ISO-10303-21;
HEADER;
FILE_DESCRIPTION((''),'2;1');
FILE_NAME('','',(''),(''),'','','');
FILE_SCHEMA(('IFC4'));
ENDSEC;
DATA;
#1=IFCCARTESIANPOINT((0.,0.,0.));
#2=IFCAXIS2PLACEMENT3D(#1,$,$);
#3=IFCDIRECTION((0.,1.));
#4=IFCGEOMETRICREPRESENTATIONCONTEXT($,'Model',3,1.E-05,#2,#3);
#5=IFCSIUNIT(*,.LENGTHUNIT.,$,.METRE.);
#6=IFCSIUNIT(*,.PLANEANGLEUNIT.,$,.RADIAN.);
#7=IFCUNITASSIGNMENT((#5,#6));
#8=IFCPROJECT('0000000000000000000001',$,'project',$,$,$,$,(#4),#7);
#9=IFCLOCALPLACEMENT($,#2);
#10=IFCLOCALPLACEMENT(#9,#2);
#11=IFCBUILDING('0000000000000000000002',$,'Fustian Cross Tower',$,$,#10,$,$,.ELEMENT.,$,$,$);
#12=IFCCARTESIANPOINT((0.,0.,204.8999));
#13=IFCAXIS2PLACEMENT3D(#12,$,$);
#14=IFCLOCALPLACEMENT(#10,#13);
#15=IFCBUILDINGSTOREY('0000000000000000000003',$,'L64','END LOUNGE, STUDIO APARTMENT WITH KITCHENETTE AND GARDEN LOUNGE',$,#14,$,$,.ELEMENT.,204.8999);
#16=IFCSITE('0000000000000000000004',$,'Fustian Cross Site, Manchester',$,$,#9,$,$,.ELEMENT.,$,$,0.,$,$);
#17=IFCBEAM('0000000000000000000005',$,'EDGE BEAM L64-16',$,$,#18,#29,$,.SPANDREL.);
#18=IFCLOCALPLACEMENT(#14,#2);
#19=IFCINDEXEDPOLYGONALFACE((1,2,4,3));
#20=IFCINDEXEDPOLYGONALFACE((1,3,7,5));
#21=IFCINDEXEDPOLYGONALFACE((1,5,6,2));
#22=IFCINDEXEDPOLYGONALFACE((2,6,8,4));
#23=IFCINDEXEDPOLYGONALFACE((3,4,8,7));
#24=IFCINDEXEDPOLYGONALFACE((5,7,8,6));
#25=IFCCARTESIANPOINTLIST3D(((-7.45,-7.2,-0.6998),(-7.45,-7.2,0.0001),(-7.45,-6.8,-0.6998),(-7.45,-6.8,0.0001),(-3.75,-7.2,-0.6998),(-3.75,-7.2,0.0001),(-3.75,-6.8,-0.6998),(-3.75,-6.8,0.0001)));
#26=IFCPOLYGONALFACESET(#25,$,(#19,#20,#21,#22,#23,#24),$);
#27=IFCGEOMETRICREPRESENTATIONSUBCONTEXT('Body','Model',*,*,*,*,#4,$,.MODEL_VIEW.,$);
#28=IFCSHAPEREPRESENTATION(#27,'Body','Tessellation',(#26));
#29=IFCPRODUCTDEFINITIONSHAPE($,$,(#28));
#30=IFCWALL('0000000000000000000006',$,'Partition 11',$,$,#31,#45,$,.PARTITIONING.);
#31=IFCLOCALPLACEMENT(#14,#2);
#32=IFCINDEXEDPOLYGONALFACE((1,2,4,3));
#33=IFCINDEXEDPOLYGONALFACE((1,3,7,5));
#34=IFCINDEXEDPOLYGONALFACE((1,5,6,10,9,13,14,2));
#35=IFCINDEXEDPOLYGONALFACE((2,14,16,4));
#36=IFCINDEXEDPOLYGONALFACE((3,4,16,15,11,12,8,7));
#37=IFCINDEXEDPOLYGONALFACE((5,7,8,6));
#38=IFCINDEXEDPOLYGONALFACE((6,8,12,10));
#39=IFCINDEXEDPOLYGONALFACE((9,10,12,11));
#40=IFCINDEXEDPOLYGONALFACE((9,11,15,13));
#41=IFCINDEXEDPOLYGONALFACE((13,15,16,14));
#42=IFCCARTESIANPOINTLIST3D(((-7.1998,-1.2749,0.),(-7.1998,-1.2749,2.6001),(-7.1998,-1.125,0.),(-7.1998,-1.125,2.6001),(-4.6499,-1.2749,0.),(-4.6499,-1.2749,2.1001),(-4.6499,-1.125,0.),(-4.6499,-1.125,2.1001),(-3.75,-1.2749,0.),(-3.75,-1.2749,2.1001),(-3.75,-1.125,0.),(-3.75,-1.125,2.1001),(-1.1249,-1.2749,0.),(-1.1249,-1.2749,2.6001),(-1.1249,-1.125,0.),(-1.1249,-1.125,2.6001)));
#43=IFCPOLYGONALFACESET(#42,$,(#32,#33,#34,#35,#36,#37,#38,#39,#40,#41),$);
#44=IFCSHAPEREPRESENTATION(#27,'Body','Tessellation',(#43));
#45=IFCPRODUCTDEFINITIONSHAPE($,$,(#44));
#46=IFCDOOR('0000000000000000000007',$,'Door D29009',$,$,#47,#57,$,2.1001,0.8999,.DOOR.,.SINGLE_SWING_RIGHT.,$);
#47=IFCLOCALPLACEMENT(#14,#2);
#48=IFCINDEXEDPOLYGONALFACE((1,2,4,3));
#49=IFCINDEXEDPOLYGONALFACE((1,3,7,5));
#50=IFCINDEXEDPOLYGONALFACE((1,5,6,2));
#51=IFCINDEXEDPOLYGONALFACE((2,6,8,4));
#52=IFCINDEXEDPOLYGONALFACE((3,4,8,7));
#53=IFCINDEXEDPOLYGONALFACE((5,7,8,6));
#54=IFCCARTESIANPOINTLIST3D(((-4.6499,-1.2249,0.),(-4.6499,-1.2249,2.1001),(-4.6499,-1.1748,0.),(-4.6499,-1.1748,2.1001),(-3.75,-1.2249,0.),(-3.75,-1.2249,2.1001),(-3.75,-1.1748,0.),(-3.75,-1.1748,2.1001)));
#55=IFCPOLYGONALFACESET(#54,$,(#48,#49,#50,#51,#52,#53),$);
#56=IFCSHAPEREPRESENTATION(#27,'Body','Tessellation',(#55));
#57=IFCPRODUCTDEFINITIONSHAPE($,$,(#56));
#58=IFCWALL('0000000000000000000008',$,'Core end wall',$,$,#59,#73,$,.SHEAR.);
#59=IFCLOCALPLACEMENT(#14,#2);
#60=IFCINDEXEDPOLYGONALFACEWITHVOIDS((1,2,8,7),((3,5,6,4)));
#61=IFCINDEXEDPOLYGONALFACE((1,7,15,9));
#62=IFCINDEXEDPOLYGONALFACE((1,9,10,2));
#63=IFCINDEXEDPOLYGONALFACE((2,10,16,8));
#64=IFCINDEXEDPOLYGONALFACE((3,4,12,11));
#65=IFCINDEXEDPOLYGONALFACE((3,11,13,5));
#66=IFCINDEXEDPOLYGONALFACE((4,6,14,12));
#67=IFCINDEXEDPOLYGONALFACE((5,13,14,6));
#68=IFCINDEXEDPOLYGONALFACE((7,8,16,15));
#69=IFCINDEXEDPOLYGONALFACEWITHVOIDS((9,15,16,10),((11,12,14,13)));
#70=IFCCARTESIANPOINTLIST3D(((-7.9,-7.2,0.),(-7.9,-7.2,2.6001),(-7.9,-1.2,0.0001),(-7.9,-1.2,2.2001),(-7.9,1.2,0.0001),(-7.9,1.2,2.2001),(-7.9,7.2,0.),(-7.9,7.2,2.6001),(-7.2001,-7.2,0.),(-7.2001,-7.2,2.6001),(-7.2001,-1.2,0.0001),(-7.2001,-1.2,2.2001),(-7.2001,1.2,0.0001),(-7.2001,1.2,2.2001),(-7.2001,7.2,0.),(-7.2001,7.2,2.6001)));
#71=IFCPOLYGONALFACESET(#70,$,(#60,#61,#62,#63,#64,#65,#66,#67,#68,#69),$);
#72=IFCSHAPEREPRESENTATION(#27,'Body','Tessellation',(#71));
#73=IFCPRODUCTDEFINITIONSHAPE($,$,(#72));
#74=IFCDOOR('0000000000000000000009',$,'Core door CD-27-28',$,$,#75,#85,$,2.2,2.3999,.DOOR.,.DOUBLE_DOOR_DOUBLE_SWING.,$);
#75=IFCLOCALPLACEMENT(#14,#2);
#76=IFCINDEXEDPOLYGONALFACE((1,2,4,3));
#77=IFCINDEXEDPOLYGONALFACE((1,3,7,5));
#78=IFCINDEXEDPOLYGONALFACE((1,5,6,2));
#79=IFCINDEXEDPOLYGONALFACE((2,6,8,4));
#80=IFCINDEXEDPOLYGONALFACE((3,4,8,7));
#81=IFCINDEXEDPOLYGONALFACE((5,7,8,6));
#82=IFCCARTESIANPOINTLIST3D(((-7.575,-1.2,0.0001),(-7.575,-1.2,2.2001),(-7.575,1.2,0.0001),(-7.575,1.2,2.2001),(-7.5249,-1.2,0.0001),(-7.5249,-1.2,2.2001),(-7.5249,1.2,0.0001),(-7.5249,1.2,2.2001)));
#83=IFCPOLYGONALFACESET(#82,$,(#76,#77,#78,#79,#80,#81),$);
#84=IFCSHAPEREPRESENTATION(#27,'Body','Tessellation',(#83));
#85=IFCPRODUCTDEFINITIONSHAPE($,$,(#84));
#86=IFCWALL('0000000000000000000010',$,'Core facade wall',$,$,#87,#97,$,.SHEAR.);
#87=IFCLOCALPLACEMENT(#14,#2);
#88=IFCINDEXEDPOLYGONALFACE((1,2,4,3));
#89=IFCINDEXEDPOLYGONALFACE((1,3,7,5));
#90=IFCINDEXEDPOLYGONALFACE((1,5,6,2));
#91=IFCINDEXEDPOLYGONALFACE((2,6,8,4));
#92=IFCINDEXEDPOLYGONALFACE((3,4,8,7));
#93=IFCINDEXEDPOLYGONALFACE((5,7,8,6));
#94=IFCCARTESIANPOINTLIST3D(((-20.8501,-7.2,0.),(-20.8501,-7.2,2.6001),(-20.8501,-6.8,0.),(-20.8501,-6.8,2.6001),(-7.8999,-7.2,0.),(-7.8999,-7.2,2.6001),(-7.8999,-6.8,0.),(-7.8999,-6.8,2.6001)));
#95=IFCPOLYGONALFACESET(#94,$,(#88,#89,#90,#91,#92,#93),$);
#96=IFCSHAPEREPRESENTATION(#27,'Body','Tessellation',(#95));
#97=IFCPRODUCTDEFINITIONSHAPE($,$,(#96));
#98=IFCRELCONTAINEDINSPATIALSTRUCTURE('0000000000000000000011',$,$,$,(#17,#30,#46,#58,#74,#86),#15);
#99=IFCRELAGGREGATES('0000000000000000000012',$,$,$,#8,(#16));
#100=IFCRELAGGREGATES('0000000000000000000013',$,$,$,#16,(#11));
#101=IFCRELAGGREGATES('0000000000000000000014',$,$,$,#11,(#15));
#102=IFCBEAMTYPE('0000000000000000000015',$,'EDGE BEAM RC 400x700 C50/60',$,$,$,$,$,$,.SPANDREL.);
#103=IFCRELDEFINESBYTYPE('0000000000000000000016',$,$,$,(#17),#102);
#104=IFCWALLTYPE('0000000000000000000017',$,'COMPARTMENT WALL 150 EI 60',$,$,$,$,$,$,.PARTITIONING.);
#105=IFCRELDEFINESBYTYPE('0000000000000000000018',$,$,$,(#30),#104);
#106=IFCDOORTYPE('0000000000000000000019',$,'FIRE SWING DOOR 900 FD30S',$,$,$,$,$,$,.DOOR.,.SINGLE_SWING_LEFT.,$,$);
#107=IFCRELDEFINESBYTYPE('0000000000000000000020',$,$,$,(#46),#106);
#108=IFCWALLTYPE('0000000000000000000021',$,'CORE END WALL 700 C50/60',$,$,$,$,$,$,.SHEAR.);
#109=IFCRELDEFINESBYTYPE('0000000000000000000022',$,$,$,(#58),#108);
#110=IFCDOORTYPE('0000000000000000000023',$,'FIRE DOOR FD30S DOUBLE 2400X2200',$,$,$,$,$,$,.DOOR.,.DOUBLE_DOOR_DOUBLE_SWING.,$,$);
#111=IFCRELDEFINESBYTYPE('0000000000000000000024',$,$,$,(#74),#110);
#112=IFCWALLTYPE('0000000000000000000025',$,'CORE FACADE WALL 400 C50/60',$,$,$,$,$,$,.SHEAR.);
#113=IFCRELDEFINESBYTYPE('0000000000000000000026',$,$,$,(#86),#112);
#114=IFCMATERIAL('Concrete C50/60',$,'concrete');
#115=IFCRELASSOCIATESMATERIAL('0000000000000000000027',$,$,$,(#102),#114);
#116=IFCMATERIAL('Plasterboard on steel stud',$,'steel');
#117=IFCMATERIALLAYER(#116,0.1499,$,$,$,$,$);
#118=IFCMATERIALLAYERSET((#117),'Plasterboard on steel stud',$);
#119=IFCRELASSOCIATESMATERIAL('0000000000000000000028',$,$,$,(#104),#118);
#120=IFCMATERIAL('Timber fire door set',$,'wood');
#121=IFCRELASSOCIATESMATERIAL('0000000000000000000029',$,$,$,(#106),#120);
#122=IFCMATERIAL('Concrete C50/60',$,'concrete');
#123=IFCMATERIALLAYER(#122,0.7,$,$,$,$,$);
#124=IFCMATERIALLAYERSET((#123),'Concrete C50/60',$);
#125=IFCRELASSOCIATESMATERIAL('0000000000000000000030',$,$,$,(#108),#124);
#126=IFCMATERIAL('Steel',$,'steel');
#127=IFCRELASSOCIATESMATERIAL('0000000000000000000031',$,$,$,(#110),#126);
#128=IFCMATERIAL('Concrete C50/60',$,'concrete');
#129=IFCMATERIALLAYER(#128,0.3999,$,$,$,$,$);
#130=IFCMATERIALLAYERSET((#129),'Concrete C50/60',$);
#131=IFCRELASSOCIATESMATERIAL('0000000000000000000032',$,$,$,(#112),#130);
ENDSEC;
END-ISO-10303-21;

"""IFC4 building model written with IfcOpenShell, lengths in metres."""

from ifc_helpers import new_model, si_unit, direction, frame, frame_2d, origin, origin_2d, place, context, subcontext, project, spatial, rectangle, extrude, material, layer, layer_set, material_profile, profile_set, type_object, element, fill, save


model = new_model("IFC4")

# Units and contexts
model_context = context("Model", 3, precision=1e-05, world=origin(), true_north=direction((0.0, 1.0)))
body_context = subcontext(model_context, "Body", "Model", "MODEL_VIEW")
ifc_project = project(units=[si_unit("LENGTHUNIT", "METRE"), si_unit("PLANEANGLEUNIT", "RADIAN")], contexts=[model_context])

# Site, building, storey
site_placement = place(None, origin())
site = spatial("IfcSite", under=ifc_project, at=site_placement, Name="Fustian Cross Site, Manchester", CompositionType="ELEMENT", RefElevation=0.0)
building_placement = place(site_placement, origin())
building = spatial("IfcBuilding", under=site, at=building_placement, Name="Fustian Cross Tower", CompositionType="ELEMENT")
storey_placement = place(building_placement, frame((0.0, 0.0, 204.8999)))
storey = spatial("IfcBuildingStorey", under=building, at=storey_placement, Name="L64", Description="END LOUNGE, STUDIO APARTMENT WITH KITCHENETTE AND GARDEN LOUNGE", CompositionType="ELEMENT", Elevation=204.8999)

# Beam
ifc_material_1 = material(Name="Concrete C50/60", Category="concrete")
ifc_material_profile = material_profile(ifc_material_1, rectangle(XDim=0.3999, YDim=0.7, at=origin_2d()), Name="RC 400x700")
ifc_profile_set = profile_set([ifc_material_profile], Name="Concrete C50/60")
beam_type = type_object("IfcBeamType", Name="EDGE BEAM RC 400x700 C50/60", PredefinedType="SPANDREL", material=ifc_profile_set)
beam_placement = place(storey_placement, frame((-7.45, -7.0, -0.3499), z_axis=(1.0, 0.0, 0.0), x_axis=(0.0, 1.0, 0.0)))
element("IfcBeam", 1, at=beam_placement, inside=storey, type_object=beam_type, Name="EDGE BEAM L64-16", PredefinedType="SPANDREL", context=body_context, shape_type="SweptSolid", body=[
    extrude(rectangle(XDim=0.3999, YDim=0.7, at=origin_2d()), origin(), (0.0, 0.0, 1.0), 3.7),
])

# Walls, openings, doors
ifc_material_2 = material(Name="Plasterboard on steel stud", Category="steel")
ifc_layer_1 = layer(ifc_material_2, 0.1499)
ifc_layer_set_1 = layer_set([ifc_layer_1], Name="Plasterboard on steel stud")
wall_type_1 = type_object("IfcWallType", Name="COMPARTMENT WALL 150 EI 60", PredefinedType="PARTITIONING", material=ifc_layer_set_1)
wall_1_placement = place(storey_placement, frame((-7.2, -1.2, 0.0), z_axis=(0.0, 0.0, 1.0), x_axis=(1.0, 0.0, 0.0)))
wall_1 = element("IfcWall", 2, at=wall_1_placement, inside=storey, type_object=wall_type_1, Name="Partition 11", PredefinedType="PARTITIONING", context=body_context, shape_type="SweptSolid", body=[
    extrude(rectangle(XDim=6.075, YDim=0.1499, at=frame_2d((3.0376, 0.0))), origin(), (0.0, 0.0, 1.0), 2.6001),
])
opening_1_placement = place(wall_1_placement, frame((2.55, 0.0, 0.0)))
opening_1 = element("IfcOpeningElement", 3, at=opening_1_placement, cuts=wall_1, PredefinedType="OPENING", context=body_context, shape_type="SweptSolid", body=[
    extrude(rectangle(XDim=0.8999, YDim=2.1001, at=frame_2d((0.45, 1.05))), frame((0.0, 0.085, 0.0), z_axis=(0.0, -1.0, 0.0), x_axis=(1.0, 0.0, 0.0)), (0.0, 0.0, 1.0), 0.1699),
])
ifc_material_3 = material(Name="Timber fire door set", Category="wood")
door_type_1 = type_object("IfcDoorType", Name="FIRE SWING DOOR 900 FD30S", OperationType="SINGLE_SWING_LEFT", PredefinedType="DOOR", material=ifc_material_3)
door_1_placement = place(opening_1_placement, frame((0.8999, 0.0, 0.0), z_axis=(0.0, 0.0, 1.0), x_axis=(-1.0, 0.0, 0.0)))
door_1 = element("IfcDoor", 4, at=door_1_placement, inside=storey, type_object=door_type_1, Name="Door D29009", OperationType="SINGLE_SWING_RIGHT", OverallHeight=2.1001, OverallWidth=0.8999, PredefinedType="DOOR", context=body_context, shape_type="SweptSolid", body=[
    extrude(rectangle(XDim=0.8999, YDim=2.1001, at=frame_2d((0.45, 1.05))), frame((0.0, 0.0249, 0.0), z_axis=(0.0, -1.0, 0.0), x_axis=(1.0, 0.0, 0.0)), (0.0, 0.0, 1.0), 0.05),
])
fill(opening_1, door_1)
ifc_material_4 = material(Name="Concrete C50/60", Category="concrete")
ifc_layer_2 = layer(ifc_material_4, 0.7)
ifc_layer_set_2 = layer_set([ifc_layer_2], Name="Concrete C50/60")
wall_type_2 = type_object("IfcWallType", Name="CORE END WALL 700 C50/60", PredefinedType="SHEAR", material=ifc_layer_set_2)
wall_2_placement = place(storey_placement, frame((-7.55, -7.2, 0.0), z_axis=(0.0, 0.0, 1.0), x_axis=(0.0, 1.0, 0.0)))
wall_2 = element("IfcWall", 5, at=wall_2_placement, inside=storey, type_object=wall_type_2, Name="Core end wall", PredefinedType="SHEAR", context=body_context, shape_type="SweptSolid", body=[
    extrude(rectangle(XDim=14.3999, YDim=0.7, at=frame_2d((7.2, 0.0))), origin(), (0.0, 0.0, 1.0), 2.6001),
])
opening_2_placement = place(wall_2_placement, frame((6.0, 0.0, 0.0)))
opening_2 = element("IfcOpeningElement", 6, at=opening_2_placement, cuts=wall_2, PredefinedType="OPENING", context=body_context, shape_type="SweptSolid", body=[
    extrude(rectangle(XDim=2.3999, YDim=2.2, at=frame_2d((1.2, 1.1001))), frame((0.0, 0.3599, 0.0), z_axis=(0.0, -1.0, 0.0), x_axis=(1.0, 0.0, 0.0)), (0.0, 0.0, 1.0), 0.72),
])
ifc_material_5 = material(Name="Steel", Category="steel")
door_type_2 = type_object("IfcDoorType", Name="FIRE DOOR FD30S DOUBLE 2400X2200", OperationType="DOUBLE_DOOR_DOUBLE_SWING", PredefinedType="DOOR", material=ifc_material_5)
door_2_placement = place(opening_2_placement, origin())
door_2 = element("IfcDoor", 7, at=door_2_placement, inside=storey, type_object=door_type_2, Name="Core door CD-27-28", OperationType="DOUBLE_DOOR_DOUBLE_SWING", OverallHeight=2.2, OverallWidth=2.3999, PredefinedType="DOOR", context=body_context, shape_type="SweptSolid", body=[
    extrude(rectangle(XDim=2.3999, YDim=2.2, at=frame_2d((1.2, 1.1001))), frame((0.0, 0.0249, 0.0), z_axis=(0.0, -1.0, 0.0), x_axis=(1.0, 0.0, 0.0)), (0.0, 0.0, 1.0), 0.05),
])
fill(opening_2, door_2)

# Wall
ifc_material_6 = material(Name="Concrete C50/60", Category="concrete")
ifc_layer_3 = layer(ifc_material_6, 0.3999)
ifc_layer_set_3 = layer_set([ifc_layer_3], Name="Concrete C50/60")
wall_type_3 = type_object("IfcWallType", Name="CORE FACADE WALL 400 C50/60", PredefinedType="SHEAR", material=ifc_layer_set_3)
wall_3_placement = place(storey_placement, frame((-7.8999, -7.0, 0.0), z_axis=(0.0, 0.0, 1.0), x_axis=(-1.0, 0.0, 0.0)))
element("IfcWall", 8, at=wall_3_placement, inside=storey, type_object=wall_type_3, Name="Core facade wall", PredefinedType="SHEAR", context=body_context, shape_type="SweptSolid", body=[
    extrude(rectangle(XDim=12.9502, YDim=0.3999, at=frame_2d((6.4751, 0.0))), origin(), (0.0, 0.0, 1.0), 2.6001),
])

save(model, "model.ifc")
